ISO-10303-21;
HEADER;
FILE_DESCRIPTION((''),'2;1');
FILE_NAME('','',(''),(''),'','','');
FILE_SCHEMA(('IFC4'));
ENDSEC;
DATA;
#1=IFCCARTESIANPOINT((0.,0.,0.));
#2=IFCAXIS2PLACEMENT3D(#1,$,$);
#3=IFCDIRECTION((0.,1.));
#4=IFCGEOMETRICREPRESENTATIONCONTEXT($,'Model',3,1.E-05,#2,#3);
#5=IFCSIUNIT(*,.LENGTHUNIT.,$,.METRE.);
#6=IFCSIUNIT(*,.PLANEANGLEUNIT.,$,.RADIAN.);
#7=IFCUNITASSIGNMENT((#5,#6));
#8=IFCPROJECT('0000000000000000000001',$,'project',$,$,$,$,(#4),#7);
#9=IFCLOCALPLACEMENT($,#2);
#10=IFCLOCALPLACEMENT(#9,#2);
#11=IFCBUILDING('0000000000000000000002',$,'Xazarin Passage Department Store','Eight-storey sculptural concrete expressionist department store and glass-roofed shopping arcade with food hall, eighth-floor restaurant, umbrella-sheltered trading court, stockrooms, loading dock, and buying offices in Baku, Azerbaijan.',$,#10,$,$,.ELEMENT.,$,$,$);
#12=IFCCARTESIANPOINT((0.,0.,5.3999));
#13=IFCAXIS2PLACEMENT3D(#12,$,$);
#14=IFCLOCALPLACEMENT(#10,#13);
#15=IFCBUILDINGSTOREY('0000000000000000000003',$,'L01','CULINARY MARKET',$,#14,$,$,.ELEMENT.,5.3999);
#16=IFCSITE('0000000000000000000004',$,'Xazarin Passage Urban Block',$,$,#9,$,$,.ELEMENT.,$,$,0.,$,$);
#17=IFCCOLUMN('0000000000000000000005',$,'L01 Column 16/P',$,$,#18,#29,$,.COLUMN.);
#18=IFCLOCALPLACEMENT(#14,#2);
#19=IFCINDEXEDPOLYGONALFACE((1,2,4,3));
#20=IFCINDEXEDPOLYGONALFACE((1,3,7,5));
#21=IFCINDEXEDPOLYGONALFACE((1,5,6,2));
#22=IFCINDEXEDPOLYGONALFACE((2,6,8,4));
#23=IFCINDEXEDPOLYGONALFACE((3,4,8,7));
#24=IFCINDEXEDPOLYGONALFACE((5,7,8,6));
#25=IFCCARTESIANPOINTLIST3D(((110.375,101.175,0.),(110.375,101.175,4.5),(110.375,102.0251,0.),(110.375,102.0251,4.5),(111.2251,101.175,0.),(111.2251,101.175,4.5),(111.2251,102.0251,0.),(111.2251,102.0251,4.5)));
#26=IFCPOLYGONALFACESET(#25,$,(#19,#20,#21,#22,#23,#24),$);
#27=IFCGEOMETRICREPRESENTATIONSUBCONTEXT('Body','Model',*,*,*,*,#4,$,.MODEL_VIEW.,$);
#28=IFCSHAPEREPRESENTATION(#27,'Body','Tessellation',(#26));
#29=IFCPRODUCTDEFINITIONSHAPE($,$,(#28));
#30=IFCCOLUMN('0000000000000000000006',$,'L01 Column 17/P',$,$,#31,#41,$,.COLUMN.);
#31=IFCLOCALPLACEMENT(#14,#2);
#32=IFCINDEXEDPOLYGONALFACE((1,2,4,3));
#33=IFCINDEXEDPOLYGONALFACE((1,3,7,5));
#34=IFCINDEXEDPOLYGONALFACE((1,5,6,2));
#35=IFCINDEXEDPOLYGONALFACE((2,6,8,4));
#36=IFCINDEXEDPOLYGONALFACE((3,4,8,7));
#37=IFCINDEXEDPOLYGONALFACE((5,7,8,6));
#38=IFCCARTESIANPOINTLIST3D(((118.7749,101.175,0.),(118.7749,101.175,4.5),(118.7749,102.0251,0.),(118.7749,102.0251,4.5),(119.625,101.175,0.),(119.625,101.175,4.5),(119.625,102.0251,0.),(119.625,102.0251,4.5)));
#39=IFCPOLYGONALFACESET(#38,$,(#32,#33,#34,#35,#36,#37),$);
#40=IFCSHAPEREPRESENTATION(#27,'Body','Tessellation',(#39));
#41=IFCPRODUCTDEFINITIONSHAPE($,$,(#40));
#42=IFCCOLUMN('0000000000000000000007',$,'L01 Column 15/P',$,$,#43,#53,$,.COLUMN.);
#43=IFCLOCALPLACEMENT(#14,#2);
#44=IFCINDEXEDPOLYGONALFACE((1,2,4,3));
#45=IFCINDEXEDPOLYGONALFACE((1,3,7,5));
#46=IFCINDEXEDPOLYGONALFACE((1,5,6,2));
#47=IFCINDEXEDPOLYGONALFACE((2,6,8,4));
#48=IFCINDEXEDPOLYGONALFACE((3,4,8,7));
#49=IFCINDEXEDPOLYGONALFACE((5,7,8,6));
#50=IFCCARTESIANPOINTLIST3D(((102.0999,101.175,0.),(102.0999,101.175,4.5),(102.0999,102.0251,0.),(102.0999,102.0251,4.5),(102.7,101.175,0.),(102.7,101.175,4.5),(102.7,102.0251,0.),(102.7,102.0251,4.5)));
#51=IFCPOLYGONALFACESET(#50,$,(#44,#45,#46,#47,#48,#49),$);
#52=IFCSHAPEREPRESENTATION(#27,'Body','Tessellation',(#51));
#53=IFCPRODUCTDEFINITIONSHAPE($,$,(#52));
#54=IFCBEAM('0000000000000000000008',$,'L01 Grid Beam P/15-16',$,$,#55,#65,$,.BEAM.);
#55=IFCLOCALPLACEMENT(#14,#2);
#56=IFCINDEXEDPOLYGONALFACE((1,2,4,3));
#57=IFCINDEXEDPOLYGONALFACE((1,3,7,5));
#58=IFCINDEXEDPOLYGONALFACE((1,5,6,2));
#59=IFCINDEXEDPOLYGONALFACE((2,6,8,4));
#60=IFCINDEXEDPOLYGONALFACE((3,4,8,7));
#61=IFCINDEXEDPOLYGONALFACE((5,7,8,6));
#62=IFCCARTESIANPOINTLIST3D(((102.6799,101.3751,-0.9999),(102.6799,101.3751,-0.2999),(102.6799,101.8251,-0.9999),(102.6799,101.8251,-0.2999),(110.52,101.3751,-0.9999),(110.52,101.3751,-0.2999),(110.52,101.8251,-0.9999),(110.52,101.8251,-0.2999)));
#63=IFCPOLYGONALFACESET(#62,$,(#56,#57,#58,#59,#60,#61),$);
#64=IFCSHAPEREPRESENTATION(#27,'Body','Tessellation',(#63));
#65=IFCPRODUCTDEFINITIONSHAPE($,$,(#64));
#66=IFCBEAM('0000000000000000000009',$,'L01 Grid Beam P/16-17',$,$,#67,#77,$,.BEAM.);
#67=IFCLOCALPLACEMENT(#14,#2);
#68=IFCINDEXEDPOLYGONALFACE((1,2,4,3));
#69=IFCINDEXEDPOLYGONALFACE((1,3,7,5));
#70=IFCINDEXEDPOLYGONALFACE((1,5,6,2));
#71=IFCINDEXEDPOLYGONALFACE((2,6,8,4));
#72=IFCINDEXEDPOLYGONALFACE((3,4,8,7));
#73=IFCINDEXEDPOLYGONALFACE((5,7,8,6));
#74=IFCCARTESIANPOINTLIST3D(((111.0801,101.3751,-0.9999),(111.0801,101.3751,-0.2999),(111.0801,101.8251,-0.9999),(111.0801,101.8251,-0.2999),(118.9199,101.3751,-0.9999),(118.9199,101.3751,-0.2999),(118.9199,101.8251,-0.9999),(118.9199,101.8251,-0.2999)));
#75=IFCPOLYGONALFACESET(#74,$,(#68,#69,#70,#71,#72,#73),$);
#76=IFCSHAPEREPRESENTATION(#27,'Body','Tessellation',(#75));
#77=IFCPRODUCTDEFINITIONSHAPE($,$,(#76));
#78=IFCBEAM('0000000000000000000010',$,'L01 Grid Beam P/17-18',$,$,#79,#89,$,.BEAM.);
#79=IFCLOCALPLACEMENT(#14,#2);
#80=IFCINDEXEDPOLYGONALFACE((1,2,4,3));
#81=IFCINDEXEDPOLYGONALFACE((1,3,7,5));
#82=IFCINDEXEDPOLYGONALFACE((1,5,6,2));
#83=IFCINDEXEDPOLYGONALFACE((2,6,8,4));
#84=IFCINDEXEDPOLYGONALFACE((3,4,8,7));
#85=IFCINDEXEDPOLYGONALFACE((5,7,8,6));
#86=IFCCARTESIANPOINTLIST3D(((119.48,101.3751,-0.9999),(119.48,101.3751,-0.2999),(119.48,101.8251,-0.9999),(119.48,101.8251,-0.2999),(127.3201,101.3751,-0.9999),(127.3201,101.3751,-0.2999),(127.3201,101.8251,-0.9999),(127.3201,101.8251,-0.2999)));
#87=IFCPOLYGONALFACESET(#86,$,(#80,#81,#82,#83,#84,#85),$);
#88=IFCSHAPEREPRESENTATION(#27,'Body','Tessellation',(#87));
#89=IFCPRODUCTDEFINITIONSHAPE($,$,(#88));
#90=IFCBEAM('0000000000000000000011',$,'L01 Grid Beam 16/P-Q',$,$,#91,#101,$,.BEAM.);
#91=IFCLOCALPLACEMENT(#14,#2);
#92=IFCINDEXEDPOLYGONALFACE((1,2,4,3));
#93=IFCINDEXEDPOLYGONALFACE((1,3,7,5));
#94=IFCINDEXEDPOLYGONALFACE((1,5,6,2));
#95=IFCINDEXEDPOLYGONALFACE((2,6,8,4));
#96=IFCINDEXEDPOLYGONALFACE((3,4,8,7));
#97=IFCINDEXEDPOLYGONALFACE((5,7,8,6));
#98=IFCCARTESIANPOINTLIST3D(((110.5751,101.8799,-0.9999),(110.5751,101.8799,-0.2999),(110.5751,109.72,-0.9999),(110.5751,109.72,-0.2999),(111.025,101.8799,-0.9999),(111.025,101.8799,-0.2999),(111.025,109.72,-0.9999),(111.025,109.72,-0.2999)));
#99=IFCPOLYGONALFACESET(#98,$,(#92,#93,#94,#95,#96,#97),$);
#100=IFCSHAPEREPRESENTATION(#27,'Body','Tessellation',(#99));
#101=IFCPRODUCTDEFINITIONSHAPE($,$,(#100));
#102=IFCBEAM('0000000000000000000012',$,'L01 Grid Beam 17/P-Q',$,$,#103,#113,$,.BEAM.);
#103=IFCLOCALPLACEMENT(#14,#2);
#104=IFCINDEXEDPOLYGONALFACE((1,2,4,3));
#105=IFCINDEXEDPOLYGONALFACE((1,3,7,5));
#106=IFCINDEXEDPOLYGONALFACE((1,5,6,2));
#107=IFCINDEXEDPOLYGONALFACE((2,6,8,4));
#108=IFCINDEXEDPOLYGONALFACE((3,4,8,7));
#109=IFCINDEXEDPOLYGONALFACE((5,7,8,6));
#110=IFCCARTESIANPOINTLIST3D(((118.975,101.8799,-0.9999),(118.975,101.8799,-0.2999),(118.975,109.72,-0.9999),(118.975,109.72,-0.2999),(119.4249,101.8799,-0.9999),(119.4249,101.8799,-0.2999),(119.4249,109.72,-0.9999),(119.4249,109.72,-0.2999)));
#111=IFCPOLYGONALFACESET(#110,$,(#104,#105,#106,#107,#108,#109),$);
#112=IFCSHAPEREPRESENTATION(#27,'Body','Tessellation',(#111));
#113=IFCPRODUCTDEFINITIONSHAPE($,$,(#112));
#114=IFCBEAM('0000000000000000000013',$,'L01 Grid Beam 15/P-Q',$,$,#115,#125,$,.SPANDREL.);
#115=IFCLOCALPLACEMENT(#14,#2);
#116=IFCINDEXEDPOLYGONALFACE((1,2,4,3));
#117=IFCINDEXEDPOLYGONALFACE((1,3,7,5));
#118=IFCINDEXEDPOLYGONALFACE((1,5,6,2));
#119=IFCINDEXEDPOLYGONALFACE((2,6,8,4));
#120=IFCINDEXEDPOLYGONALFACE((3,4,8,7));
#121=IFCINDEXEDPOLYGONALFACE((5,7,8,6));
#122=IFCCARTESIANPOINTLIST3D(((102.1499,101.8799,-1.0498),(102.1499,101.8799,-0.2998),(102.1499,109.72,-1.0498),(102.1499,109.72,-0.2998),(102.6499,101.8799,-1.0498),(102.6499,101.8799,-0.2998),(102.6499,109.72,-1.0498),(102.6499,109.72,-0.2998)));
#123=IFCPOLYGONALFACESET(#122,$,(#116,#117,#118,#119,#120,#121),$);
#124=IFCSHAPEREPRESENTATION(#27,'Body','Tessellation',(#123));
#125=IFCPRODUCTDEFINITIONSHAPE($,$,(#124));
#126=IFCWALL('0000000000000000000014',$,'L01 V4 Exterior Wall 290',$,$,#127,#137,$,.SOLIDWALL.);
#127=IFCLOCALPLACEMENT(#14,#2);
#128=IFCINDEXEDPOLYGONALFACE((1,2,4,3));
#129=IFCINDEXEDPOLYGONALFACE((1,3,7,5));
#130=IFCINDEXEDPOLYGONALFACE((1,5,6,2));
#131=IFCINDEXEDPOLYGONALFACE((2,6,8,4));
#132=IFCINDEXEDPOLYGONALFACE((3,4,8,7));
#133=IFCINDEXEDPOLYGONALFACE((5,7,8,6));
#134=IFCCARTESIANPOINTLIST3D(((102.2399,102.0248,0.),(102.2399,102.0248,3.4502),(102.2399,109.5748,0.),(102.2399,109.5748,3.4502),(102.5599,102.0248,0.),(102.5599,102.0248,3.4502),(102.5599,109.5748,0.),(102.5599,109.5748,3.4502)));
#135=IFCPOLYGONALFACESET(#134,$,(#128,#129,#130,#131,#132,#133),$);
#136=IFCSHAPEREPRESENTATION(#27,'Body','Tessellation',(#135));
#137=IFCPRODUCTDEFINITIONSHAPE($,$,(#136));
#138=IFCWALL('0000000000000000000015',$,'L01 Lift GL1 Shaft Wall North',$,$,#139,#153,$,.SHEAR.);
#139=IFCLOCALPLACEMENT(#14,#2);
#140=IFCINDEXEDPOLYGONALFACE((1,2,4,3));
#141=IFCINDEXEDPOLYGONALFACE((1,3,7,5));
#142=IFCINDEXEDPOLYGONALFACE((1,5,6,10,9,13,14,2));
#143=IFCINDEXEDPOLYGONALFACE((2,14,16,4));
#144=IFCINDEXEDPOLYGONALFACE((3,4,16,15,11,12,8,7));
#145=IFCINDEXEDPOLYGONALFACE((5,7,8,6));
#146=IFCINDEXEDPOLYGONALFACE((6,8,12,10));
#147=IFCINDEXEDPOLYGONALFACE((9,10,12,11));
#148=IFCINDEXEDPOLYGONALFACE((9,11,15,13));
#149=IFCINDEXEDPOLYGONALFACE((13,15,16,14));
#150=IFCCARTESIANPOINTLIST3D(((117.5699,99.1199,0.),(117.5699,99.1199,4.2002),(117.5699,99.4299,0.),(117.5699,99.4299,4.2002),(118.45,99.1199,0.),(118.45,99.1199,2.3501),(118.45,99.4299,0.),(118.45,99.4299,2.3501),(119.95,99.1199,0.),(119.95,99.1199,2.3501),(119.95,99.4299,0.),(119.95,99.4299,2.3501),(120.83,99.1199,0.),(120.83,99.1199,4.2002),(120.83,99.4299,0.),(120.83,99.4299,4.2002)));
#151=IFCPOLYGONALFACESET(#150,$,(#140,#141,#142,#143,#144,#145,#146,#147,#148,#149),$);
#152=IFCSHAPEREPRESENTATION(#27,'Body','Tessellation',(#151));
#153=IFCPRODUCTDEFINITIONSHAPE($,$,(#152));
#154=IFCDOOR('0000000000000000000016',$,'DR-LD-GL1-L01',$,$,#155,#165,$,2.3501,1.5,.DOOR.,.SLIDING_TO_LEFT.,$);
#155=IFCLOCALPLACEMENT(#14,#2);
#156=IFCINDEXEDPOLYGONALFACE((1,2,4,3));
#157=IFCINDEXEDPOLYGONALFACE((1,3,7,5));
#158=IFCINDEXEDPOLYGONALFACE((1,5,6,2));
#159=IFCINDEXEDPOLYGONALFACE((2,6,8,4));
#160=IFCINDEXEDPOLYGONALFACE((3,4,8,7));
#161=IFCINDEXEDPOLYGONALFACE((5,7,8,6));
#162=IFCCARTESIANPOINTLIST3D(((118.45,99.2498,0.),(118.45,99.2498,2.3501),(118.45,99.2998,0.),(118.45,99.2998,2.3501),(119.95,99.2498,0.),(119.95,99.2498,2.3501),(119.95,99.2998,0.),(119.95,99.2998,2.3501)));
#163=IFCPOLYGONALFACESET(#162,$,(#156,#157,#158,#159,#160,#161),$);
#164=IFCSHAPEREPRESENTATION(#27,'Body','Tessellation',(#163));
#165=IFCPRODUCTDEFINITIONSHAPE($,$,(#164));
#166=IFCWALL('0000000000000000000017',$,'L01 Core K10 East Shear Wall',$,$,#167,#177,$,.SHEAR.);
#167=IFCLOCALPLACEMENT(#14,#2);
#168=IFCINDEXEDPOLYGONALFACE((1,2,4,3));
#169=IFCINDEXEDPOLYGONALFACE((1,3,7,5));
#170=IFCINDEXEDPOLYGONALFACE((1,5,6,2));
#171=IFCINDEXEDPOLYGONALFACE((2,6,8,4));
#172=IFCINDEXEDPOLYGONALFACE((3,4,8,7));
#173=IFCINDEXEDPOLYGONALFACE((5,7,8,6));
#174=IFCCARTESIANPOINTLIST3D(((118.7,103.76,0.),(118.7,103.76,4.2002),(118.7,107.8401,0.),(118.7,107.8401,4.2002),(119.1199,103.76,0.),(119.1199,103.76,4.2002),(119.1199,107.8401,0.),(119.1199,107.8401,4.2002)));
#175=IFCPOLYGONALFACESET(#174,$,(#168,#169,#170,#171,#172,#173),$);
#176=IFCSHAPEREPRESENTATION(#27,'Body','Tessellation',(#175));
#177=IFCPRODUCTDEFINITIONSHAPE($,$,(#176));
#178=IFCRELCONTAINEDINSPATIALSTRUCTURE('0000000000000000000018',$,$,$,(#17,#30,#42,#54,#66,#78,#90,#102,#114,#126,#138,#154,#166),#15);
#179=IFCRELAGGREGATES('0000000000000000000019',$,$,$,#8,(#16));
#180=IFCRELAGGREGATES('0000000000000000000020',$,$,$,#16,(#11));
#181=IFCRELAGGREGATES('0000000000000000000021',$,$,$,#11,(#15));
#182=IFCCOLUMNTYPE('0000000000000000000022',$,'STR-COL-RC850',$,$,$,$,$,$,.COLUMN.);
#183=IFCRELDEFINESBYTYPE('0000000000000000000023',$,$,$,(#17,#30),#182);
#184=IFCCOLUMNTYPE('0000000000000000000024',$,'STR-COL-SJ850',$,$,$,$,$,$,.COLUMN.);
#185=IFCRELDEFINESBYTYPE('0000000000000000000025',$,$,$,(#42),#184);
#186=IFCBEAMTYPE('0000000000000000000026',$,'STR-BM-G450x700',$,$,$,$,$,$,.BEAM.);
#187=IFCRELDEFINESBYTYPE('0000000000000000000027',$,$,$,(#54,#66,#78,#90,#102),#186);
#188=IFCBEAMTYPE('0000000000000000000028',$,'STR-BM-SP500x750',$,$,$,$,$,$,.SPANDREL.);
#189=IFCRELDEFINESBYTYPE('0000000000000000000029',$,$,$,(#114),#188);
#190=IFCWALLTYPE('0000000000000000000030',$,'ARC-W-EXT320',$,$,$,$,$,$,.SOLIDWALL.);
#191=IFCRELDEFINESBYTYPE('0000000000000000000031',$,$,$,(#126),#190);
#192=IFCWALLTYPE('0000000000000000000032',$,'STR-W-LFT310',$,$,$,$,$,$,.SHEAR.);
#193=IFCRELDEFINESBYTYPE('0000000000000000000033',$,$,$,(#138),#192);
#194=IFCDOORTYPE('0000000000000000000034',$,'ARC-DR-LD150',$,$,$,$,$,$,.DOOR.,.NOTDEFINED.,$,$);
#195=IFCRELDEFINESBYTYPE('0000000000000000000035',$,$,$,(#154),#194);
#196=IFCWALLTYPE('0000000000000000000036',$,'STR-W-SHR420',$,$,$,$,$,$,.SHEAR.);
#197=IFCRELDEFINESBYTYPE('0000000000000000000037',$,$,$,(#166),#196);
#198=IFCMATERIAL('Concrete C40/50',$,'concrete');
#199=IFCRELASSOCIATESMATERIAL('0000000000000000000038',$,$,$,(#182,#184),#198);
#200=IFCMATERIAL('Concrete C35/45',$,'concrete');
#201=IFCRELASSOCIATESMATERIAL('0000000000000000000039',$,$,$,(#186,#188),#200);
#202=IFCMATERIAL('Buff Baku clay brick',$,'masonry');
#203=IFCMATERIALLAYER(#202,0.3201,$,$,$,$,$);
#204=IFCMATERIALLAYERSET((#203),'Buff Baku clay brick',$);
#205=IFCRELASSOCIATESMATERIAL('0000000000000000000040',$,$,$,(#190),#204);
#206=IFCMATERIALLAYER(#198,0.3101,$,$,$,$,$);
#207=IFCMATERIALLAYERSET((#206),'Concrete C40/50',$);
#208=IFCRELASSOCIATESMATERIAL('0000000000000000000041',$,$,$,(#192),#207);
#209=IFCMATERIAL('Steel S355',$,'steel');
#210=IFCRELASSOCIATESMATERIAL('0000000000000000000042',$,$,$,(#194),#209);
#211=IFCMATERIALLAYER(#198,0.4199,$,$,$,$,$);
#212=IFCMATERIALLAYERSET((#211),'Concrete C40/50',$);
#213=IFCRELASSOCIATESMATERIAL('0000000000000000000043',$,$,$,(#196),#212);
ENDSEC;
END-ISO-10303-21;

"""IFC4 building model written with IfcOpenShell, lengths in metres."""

from ifc_helpers import new_model, si_unit, direction, frame, frame_2d, origin, origin_2d, place, context, subcontext, project, spatial, rectangle, extrude, material, layer, layer_set, material_profile, profile_set, type_object, element, fill, save


model = new_model("IFC4")

# Units and contexts
model_context = context("Model", 3, precision=1e-05, world=origin(), true_north=direction((0.0, 1.0)))
body_context = subcontext(model_context, "Body", "Model", "MODEL_VIEW")
ifc_project = project(units=[si_unit("LENGTHUNIT", "METRE"), si_unit("PLANEANGLEUNIT", "RADIAN")], contexts=[model_context])

# Site, building, storey
site_placement = place(None, origin())
site = spatial("IfcSite", under=ifc_project, at=site_placement, Name="Xazarin Passage Urban Block", CompositionType="ELEMENT", RefElevation=0.0)
building_placement = place(site_placement, origin())
building = spatial("IfcBuilding", under=site, at=building_placement, Name="Xazarin Passage Department Store", Description="Eight-storey sculptural concrete expressionist department store and glass-roofed shopping arcade with food hall, eighth-floor restaurant, umbrella-sheltered trading court, stockrooms, loading dock, and buying offices in Baku, Azerbaijan.", CompositionType="ELEMENT")
storey_placement = place(building_placement, frame((0.0, 0.0, 5.3999)))
storey = spatial("IfcBuildingStorey", under=building, at=storey_placement, Name="L01", Description="CULINARY MARKET", CompositionType="ELEMENT", Elevation=5.3999)

# Columns
ifc_material_1 = material(Name="Concrete C40/50", Category="concrete")
ifc_material_profile_1 = material_profile(ifc_material_1, rectangle(XDim=0.8501, YDim=0.8501, at=origin_2d()), Name="RC 850x850")
ifc_profile_set_1 = profile_set([ifc_material_profile_1], Name="Concrete C40/50")
column_type_1 = type_object("IfcColumnType", Name="STR-COL-RC850", PredefinedType="COLUMN", material=ifc_profile_set_1)
for number, where, z_axis, x_axis, name in (
    (1, (110.8, 101.6001, 0.0), (0.0, 0.0, 1.0), (1.0, 0.0, 0.0), "L01 Column 16/P"),
    (2, (119.2, 101.6001, 0.0), (0.0, 0.0, 1.0), (1.0, 0.0, 0.0), "L01 Column 17/P"),
):
    element("IfcColumn", number, at=place(storey_placement, frame(where, z_axis=z_axis, x_axis=x_axis)), inside=storey, type_object=column_type_1, Name=name, PredefinedType="COLUMN", context=body_context, shape_type="SweptSolid", body=[
        extrude(rectangle(XDim=0.8501, YDim=0.8501, at=origin_2d()), origin(), (0.0, 0.0, 1.0), 4.5),
    ])
ifc_material_profile_2 = material_profile(ifc_material_1, rectangle(XDim=0.6001, YDim=0.8501, at=origin_2d()), Name="RC 600x850")
ifc_profile_set_2 = profile_set([ifc_material_profile_2], Name="Concrete C40/50")
column_type_2 = type_object("IfcColumnType", Name="STR-COL-SJ850", PredefinedType="COLUMN", material=ifc_profile_set_2)
column_placement = place(storey_placement, frame((102.3999, 101.6001, 0.0), z_axis=(0.0, 0.0, 1.0), x_axis=(1.0, 0.0, 0.0)))
element("IfcColumn", 3, at=column_placement, inside=storey, type_object=column_type_2, Name="L01 Column 15/P", PredefinedType="COLUMN", context=body_context, shape_type="SweptSolid", body=[
    extrude(rectangle(XDim=0.6001, YDim=0.8501, at=origin_2d()), origin(), (0.0, 0.0, 1.0), 4.5),
])

# Beams
ifc_material_2 = material(Name="Concrete C35/45", Category="concrete")
ifc_material_profile_3 = material_profile(ifc_material_2, rectangle(XDim=0.45, YDim=0.7, at=origin_2d()), Name="RC 450x700")
ifc_profile_set_3 = profile_set([ifc_material_profile_3], Name="Concrete C35/45")
beam_type_1 = type_object("IfcBeamType", Name="STR-BM-G450x700", PredefinedType="BEAM", material=ifc_profile_set_3)
beam_1_placement = place(storey_placement, frame((102.6799, 101.6001, -0.6499), z_axis=(1.0, 0.0, 0.0), x_axis=(0.0, 1.0, 0.0)))
element("IfcBeam", 4, at=beam_1_placement, inside=storey, type_object=beam_type_1, Name="L01 Grid Beam P/15-16", PredefinedType="BEAM", context=body_context, shape_type="SweptSolid", body=[
    extrude(rectangle(XDim=0.45, YDim=0.7, at=origin_2d()), origin(), (0.0, 0.0, 1.0), 7.8401),
])
beam_2_placement = place(storey_placement, frame((111.0801, 101.6001, -0.6499), z_axis=(1.0, 0.0, 0.0), x_axis=(0.0, 1.0, 0.0)))
element("IfcBeam", 5, at=beam_2_placement, inside=storey, type_object=beam_type_1, Name="L01 Grid Beam P/16-17", PredefinedType="BEAM", context=body_context, shape_type="SweptSolid", body=[
    extrude(rectangle(XDim=0.45, YDim=0.7, at=origin_2d()), origin(), (0.0, 0.0, 1.0), 7.8398),
])
for number, where, z_axis, x_axis, name in (
    (6, (119.48, 101.6001, -0.6499), (1.0, 0.0, 0.0), (0.0, 1.0, 0.0), "L01 Grid Beam P/17-18"),
    (7, (110.8, 101.8799, -0.6499), (0.0, 1.0, 0.0), (-1.0, 0.0, 0.0), "L01 Grid Beam 16/P-Q"),
    (8, (119.2, 101.8799, -0.6499), (0.0, 1.0, 0.0), (-1.0, 0.0, 0.0), "L01 Grid Beam 17/P-Q"),
):
    element("IfcBeam", number, at=place(storey_placement, frame(where, z_axis=z_axis, x_axis=x_axis)), inside=storey, type_object=beam_type_1, Name=name, PredefinedType="BEAM", context=body_context, shape_type="SweptSolid", body=[
        extrude(rectangle(XDim=0.45, YDim=0.7, at=origin_2d()), origin(), (0.0, 0.0, 1.0), 7.8401),
    ])
ifc_material_profile_4 = material_profile(ifc_material_2, rectangle(XDim=0.5, YDim=0.75, at=origin_2d()), Name="RC 500x750")
ifc_profile_set_4 = profile_set([ifc_material_profile_4], Name="Concrete C35/45")
beam_type_2 = type_object("IfcBeamType", Name="STR-BM-SP500x750", PredefinedType="SPANDREL", material=ifc_profile_set_4)
beam_3_placement = place(storey_placement, frame((102.3999, 101.8799, -0.6748), z_axis=(0.0, 1.0, 0.0), x_axis=(-1.0, 0.0, 0.0)))
element("IfcBeam", 9, at=beam_3_placement, inside=storey, type_object=beam_type_2, Name="L01 Grid Beam 15/P-Q", PredefinedType="SPANDREL", context=body_context, shape_type="SweptSolid", body=[
    extrude(rectangle(XDim=0.5, YDim=0.75, at=origin_2d()), origin(), (0.0, 0.0, 1.0), 7.8401),
])

# Wall
ifc_material_3 = material(Name="Buff Baku clay brick", Category="masonry")
ifc_layer_1 = layer(ifc_material_3, 0.3201)
ifc_layer_set_1 = layer_set([ifc_layer_1], Name="Buff Baku clay brick")
wall_type_1 = type_object("IfcWallType", Name="ARC-W-EXT320", PredefinedType="SOLIDWALL", material=ifc_layer_set_1)
wall_1_placement = place(storey_placement, frame((102.3999, 102.0249, 0.0), z_axis=(0.0, 0.0, 1.0), x_axis=(0.0, 1.0, 0.0)))
element("IfcWall", 10, at=wall_1_placement, inside=storey, type_object=wall_type_1, Name="L01 V4 Exterior Wall 290", PredefinedType="SOLIDWALL", context=body_context, shape_type="SweptSolid", body=[
    extrude(rectangle(XDim=7.55, YDim=0.3201, at=frame_2d((3.7749, 0.0))), origin(), (0.0, 0.0, 1.0), 3.4502),
])

# Wall, opening, door
ifc_layer_2 = layer(ifc_material_1, 0.3101)
ifc_layer_set_2 = layer_set([ifc_layer_2], Name="Concrete C40/50")
wall_type_2 = type_object("IfcWallType", Name="STR-W-LFT310", PredefinedType="SHEAR", material=ifc_layer_set_2)
wall_2_placement = place(storey_placement, frame((117.5701, 99.2749, 0.0), z_axis=(0.0, 0.0, 1.0), x_axis=(1.0, 0.0, 0.0)))
wall_2 = element("IfcWall", 11, at=wall_2_placement, inside=storey, type_object=wall_type_2, Name="L01 Lift GL1 Shaft Wall North", PredefinedType="SHEAR", context=body_context, shape_type="SweptSolid", body=[
    extrude(rectangle(XDim=3.26, YDim=0.3101, at=frame_2d((1.6299, 0.0))), origin(), (0.0, 0.0, 1.0), 4.2002),
])
opening_placement = place(wall_2_placement, frame((0.8799, 0.0, 0.0)))
opening = element("IfcOpeningElement", 12, at=opening_placement, cuts=wall_2, PredefinedType="OPENING", context=body_context, shape_type="SweptSolid", body=[
    extrude(rectangle(XDim=1.5, YDim=2.3501, at=frame_2d((0.75, 1.175))), frame((0.0, 0.165, 0.0), z_axis=(0.0, -1.0, 0.0), x_axis=(1.0, 0.0, 0.0)), (0.0, 0.0, 1.0), 0.3301),
])
ifc_material_4 = material(Name="Steel S355", Category="steel")
door_type = type_object("IfcDoorType", Name="ARC-DR-LD150", OperationType="NOTDEFINED", PredefinedType="DOOR", material=ifc_material_4)
door_placement = place(opening_placement, origin())
door = element("IfcDoor", 13, at=door_placement, inside=storey, type_object=door_type, Name="DR-LD-GL1-L01", OperationType="SLIDING_TO_LEFT", OverallHeight=2.3501, OverallWidth=1.5, PredefinedType="DOOR", context=body_context, shape_type="SweptSolid", body=[
    extrude(rectangle(XDim=1.5, YDim=2.3501, at=frame_2d((0.75, 1.175))), frame((0.0, 0.0249, 0.0), z_axis=(0.0, -1.0, 0.0), x_axis=(1.0, 0.0, 0.0)), (0.0, 0.0, 1.0), 0.05),
])
fill(opening, door)

# Wall
ifc_layer_3 = layer(ifc_material_1, 0.4199)
ifc_layer_set_3 = layer_set([ifc_layer_3], Name="Concrete C40/50")
wall_type_3 = type_object("IfcWallType", Name="STR-W-SHR420", PredefinedType="SHEAR", material=ifc_layer_set_3)
wall_3_placement = place(storey_placement, frame((118.9099, 103.76, 0.0), z_axis=(0.0, 0.0, 1.0), x_axis=(0.0, 1.0, 0.0)))
element("IfcWall", 14, at=wall_3_placement, inside=storey, type_object=wall_type_3, Name="L01 Core K10 East Shear Wall", PredefinedType="SHEAR", context=body_context, shape_type="SweptSolid", body=[
    extrude(rectangle(XDim=4.0801, YDim=0.4199, at=frame_2d((2.04, 0.0))), origin(), (0.0, 0.0, 1.0), 4.2002),
])

save(model, "model.ifc")
